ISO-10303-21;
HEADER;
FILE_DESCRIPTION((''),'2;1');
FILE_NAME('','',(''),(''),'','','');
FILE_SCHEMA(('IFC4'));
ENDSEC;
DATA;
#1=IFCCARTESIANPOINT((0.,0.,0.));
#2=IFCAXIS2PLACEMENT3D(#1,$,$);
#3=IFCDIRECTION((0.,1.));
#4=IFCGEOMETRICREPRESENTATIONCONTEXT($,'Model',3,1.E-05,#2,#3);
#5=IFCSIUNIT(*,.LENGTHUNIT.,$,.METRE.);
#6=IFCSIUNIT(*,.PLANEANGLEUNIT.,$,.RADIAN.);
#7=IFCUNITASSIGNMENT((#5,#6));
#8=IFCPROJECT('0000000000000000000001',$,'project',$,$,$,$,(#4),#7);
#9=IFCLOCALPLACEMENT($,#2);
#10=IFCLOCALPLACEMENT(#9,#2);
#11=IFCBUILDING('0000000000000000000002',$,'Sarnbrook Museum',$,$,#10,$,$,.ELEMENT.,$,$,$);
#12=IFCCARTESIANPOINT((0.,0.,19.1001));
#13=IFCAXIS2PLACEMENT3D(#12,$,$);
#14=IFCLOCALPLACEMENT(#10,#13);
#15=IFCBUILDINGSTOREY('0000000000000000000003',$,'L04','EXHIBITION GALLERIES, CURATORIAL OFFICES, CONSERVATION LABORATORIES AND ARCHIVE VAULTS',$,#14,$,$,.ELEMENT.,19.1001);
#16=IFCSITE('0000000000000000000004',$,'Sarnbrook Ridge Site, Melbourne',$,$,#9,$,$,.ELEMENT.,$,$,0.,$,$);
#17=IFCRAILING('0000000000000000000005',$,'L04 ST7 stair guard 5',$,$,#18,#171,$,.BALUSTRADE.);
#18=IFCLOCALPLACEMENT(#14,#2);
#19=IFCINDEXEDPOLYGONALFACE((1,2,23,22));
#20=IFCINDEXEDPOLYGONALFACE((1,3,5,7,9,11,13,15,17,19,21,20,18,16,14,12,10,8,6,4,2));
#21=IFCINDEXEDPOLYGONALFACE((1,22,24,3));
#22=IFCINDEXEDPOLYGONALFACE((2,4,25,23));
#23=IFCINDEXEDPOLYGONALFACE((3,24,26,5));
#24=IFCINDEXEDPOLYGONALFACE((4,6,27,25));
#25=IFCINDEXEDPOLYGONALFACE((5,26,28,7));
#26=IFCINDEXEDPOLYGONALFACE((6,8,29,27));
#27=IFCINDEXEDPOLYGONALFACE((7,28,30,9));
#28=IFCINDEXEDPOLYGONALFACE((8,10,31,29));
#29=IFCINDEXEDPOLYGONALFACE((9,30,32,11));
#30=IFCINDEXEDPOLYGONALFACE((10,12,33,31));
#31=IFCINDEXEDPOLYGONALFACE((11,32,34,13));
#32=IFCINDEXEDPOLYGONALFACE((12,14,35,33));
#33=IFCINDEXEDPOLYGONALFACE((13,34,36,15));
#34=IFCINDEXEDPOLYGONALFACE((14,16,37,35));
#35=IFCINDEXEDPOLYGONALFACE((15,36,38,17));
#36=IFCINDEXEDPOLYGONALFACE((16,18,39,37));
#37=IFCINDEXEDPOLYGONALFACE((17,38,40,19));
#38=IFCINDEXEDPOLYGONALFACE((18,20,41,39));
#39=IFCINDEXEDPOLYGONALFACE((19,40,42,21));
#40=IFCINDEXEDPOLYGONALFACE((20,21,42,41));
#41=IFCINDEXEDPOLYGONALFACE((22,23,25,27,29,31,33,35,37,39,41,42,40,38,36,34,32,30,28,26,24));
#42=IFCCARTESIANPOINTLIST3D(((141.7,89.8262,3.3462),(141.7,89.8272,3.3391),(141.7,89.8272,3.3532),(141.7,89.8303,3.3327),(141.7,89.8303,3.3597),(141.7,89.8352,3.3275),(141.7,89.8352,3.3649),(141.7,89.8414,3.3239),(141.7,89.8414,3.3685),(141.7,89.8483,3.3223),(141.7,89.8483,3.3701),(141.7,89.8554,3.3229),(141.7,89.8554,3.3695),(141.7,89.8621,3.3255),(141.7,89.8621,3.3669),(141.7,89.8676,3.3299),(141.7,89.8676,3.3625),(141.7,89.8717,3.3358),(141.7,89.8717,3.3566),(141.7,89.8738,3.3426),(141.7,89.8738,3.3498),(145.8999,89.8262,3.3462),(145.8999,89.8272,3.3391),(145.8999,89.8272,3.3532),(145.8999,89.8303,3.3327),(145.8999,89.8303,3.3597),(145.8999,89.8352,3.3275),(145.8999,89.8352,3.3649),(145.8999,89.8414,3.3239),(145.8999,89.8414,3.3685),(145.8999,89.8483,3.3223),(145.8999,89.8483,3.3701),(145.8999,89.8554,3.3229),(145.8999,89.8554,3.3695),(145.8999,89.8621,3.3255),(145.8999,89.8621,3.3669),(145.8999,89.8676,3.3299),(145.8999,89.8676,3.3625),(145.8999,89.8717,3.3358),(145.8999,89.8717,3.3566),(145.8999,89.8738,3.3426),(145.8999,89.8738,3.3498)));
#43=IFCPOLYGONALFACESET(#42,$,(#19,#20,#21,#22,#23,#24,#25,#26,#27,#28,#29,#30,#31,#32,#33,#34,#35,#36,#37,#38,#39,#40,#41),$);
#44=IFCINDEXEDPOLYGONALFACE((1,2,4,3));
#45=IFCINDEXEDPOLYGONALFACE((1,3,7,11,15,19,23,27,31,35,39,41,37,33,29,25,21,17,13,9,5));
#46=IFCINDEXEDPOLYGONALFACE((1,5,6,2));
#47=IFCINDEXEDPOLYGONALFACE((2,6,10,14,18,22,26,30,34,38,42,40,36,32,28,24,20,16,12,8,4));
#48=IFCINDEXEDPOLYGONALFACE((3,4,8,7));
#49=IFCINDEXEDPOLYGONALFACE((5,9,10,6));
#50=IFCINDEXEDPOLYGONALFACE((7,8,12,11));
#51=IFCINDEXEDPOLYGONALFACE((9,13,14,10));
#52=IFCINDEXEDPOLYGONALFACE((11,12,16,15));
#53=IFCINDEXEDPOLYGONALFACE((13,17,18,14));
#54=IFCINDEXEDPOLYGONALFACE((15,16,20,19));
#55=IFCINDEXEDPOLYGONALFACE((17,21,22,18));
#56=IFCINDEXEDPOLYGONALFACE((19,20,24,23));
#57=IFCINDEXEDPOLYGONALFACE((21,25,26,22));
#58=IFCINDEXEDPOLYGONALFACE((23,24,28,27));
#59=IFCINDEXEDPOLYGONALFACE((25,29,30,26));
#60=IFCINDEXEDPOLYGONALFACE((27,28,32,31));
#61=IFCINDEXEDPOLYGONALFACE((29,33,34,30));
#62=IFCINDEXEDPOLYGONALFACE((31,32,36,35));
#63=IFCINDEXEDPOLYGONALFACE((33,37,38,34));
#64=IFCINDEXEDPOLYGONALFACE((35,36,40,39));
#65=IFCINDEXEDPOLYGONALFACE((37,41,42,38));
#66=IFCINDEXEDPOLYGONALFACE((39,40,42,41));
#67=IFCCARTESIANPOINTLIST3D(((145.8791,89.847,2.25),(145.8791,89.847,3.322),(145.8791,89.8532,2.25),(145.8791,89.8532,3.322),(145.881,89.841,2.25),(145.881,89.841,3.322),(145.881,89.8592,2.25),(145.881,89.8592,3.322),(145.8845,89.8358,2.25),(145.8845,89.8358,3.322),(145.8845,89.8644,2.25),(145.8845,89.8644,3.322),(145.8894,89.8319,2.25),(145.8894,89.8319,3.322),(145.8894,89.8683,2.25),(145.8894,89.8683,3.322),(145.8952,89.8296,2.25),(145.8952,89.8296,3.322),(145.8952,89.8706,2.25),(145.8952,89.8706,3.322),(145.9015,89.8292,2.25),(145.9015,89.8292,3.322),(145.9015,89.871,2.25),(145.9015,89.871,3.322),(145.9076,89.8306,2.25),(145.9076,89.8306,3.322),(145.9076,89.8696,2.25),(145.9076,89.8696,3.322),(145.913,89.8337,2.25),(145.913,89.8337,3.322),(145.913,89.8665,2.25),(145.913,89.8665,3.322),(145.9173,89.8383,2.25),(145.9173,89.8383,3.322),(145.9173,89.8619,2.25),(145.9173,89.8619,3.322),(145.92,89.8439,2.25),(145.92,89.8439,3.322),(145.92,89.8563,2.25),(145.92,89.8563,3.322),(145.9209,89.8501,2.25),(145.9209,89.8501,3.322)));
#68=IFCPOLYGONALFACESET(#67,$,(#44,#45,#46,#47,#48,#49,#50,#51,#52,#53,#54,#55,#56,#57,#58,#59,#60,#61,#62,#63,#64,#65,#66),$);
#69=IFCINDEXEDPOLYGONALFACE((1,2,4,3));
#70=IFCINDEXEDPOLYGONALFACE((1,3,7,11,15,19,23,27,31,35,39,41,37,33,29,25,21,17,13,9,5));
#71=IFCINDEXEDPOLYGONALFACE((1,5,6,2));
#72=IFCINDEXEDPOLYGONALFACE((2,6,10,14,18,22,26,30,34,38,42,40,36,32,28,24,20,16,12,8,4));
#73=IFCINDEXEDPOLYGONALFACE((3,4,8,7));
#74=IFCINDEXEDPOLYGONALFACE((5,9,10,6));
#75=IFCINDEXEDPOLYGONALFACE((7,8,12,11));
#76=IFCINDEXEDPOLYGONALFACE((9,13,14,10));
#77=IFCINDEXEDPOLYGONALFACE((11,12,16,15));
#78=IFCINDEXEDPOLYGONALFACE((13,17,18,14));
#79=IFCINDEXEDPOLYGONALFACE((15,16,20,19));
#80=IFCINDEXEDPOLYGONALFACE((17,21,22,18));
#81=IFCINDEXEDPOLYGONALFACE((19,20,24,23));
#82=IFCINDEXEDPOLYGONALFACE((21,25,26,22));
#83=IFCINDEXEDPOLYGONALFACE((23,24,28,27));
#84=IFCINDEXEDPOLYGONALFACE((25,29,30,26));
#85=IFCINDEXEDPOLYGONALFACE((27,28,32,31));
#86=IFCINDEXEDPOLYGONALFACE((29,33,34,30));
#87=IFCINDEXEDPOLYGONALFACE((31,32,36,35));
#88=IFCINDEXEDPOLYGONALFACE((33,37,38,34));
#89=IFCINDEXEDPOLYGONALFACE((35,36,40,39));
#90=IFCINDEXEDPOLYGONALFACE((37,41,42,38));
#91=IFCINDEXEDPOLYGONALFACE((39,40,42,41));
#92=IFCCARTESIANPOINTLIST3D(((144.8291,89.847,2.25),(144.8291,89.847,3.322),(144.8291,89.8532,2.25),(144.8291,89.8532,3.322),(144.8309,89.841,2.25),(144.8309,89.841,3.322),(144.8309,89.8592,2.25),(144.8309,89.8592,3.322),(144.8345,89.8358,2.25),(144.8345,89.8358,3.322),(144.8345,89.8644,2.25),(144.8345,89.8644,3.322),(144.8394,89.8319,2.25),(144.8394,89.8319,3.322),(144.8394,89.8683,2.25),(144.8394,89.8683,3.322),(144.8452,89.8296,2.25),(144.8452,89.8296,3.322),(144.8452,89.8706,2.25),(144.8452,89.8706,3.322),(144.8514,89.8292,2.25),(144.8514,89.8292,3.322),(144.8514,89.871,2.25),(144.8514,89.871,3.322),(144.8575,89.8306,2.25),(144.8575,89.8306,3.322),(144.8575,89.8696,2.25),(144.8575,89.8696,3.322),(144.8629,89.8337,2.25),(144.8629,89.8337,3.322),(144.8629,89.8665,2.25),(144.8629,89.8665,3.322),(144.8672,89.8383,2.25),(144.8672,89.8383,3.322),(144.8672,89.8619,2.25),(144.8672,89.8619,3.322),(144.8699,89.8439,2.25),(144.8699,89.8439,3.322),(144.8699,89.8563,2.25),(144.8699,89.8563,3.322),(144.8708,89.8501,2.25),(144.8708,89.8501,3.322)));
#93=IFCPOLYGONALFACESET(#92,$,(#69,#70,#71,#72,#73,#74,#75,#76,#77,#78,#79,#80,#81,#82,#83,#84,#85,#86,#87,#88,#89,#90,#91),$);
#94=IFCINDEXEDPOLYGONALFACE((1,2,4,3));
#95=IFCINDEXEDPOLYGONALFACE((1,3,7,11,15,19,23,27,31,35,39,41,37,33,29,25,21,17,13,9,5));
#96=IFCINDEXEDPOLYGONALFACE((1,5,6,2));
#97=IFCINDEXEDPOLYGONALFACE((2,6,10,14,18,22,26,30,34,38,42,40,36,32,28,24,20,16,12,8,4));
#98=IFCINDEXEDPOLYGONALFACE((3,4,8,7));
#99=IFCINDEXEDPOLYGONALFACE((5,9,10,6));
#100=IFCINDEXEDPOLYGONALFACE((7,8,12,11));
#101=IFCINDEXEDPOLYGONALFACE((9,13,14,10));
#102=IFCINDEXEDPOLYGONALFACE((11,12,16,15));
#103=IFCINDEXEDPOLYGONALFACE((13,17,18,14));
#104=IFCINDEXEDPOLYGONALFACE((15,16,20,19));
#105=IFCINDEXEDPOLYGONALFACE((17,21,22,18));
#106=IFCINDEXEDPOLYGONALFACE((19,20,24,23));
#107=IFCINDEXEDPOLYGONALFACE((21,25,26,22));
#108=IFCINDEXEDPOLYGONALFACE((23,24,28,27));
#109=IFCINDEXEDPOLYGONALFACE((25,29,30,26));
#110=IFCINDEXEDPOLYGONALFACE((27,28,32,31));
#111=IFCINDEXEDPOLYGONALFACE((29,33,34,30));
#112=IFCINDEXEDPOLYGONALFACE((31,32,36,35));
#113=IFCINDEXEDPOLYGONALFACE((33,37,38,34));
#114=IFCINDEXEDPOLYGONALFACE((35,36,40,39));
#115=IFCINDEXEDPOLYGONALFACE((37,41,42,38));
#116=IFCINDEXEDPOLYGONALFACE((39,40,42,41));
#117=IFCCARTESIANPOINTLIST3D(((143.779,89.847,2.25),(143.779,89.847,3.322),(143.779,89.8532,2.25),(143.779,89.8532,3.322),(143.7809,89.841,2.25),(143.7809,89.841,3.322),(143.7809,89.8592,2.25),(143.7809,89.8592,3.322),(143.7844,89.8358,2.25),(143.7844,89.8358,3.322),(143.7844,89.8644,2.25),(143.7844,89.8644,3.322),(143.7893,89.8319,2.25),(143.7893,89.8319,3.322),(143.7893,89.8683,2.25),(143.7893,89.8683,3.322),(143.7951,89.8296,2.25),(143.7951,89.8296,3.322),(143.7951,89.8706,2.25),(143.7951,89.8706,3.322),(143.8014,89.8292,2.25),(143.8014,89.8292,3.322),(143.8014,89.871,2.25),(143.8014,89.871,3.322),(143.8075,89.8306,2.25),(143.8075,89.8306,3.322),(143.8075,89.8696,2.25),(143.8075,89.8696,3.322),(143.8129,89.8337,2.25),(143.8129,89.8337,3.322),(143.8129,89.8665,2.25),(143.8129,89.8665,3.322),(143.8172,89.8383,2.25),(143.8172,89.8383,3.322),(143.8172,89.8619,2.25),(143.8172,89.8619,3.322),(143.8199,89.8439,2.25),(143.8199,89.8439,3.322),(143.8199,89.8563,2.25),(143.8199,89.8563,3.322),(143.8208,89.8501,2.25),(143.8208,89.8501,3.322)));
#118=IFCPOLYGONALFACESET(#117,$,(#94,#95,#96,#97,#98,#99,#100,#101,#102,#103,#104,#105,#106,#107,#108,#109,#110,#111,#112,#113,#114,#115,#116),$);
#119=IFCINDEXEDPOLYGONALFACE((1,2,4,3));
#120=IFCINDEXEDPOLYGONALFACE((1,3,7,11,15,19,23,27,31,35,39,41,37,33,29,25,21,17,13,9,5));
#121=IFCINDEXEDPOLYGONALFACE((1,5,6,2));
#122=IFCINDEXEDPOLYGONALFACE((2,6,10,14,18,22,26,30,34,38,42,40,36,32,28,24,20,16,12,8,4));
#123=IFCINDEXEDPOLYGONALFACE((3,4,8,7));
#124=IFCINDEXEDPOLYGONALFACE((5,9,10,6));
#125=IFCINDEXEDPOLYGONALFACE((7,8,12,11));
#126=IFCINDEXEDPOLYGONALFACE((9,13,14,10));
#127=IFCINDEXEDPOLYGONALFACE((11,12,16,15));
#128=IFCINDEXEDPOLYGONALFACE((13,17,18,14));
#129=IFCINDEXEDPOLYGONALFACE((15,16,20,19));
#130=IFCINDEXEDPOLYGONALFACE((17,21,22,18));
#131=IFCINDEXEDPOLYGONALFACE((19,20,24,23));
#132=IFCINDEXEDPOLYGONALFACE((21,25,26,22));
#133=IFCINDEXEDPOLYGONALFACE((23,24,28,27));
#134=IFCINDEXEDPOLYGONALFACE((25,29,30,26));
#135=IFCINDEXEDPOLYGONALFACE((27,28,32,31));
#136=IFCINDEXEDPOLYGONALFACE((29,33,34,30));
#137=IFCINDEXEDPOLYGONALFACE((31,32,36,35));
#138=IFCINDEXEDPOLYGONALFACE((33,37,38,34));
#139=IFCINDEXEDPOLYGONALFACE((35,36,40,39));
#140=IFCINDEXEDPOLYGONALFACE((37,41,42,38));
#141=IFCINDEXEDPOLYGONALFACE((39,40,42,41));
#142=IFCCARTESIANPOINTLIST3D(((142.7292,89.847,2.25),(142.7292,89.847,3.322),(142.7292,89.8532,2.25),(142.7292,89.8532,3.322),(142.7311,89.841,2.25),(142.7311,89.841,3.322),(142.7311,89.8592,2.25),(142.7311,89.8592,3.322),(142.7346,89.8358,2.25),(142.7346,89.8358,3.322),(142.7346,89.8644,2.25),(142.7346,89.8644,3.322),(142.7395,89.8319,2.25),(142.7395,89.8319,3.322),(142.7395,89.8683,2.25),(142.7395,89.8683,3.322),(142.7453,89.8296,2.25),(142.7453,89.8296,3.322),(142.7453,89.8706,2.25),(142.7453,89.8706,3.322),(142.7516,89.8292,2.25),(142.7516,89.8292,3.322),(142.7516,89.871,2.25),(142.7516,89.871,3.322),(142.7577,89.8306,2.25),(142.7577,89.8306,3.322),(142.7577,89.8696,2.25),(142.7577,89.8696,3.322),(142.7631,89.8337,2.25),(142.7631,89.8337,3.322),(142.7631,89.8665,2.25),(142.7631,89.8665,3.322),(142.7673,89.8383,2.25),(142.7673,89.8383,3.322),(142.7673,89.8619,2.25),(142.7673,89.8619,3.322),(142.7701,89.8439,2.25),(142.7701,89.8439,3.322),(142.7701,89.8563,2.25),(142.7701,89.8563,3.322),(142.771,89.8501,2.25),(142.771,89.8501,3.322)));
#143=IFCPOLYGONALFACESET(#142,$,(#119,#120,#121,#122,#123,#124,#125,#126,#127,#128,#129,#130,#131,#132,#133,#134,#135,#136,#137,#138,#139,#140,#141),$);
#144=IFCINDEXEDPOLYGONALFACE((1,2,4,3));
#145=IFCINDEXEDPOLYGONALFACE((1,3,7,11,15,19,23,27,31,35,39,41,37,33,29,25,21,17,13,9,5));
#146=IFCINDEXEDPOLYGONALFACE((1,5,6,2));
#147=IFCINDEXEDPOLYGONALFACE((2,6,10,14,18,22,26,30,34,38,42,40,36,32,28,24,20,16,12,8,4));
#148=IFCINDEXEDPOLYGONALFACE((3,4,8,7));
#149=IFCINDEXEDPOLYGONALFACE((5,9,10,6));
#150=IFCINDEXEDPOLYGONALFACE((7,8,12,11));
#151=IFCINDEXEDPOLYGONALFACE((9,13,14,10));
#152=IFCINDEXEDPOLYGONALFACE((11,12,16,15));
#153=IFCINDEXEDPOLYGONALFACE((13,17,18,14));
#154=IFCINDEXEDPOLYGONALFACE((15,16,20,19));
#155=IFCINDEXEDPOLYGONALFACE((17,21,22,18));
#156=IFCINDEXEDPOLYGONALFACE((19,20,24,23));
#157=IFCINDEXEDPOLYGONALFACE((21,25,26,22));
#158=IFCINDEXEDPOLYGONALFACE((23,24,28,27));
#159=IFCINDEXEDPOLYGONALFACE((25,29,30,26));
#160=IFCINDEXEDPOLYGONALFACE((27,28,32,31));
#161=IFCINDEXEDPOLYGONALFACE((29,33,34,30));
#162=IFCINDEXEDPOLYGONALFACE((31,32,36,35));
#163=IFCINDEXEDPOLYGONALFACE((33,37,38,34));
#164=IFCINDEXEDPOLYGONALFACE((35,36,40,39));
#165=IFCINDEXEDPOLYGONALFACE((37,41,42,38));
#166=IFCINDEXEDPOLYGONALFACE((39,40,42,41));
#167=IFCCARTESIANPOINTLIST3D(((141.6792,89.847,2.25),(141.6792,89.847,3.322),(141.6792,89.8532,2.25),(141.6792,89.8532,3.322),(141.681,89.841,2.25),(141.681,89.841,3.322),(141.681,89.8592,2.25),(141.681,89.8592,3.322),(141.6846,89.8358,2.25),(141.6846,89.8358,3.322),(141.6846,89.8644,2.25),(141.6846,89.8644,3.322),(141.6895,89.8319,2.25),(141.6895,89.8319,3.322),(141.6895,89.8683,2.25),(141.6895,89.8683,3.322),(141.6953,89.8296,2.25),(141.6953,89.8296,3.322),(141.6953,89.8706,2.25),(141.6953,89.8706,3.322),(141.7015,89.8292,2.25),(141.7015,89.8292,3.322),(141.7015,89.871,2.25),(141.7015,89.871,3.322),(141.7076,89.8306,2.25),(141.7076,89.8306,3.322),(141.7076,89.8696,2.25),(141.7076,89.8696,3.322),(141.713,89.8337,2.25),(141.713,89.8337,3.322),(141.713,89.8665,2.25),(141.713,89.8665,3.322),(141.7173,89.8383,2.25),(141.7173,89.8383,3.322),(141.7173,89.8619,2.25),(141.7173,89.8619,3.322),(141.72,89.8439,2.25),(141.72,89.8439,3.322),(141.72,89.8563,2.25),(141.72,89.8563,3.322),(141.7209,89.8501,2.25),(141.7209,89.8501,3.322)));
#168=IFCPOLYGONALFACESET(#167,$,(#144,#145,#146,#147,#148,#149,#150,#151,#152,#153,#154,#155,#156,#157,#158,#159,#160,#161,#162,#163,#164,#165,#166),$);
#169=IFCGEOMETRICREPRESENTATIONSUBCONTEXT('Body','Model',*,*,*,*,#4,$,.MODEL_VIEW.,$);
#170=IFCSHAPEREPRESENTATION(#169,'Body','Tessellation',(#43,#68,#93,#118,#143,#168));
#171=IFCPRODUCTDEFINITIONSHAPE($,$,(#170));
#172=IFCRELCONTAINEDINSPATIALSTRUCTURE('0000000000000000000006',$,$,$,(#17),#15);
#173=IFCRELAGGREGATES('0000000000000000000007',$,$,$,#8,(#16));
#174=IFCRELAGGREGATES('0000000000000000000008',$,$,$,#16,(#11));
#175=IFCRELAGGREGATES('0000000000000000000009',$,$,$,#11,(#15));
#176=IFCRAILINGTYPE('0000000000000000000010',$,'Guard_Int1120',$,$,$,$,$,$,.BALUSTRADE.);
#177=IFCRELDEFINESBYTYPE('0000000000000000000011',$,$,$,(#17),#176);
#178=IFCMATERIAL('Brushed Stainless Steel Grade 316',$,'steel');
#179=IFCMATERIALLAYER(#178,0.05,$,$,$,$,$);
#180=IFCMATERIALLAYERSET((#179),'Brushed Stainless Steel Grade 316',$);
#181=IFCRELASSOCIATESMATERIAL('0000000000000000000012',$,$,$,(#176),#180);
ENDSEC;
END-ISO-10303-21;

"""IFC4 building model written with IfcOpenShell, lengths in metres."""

from ifc_helpers import new_model, si_unit, direction, frame, origin, origin_2d, place, context, subcontext, project, spatial, circle, extrude, material, layer, layer_set, type_object, element, save


model = new_model("IFC4")

# Units and contexts
model_context = context("Model", 3, precision=1e-05, world=origin(), true_north=direction((0.0, 1.0)))
body_context = subcontext(model_context, "Body", "Model", "MODEL_VIEW")
ifc_project = project(units=[si_unit("LENGTHUNIT", "METRE"), si_unit("PLANEANGLEUNIT", "RADIAN")], contexts=[model_context])

# Site, building, storey
site_placement = place(None, origin())
site = spatial("IfcSite", under=ifc_project, at=site_placement, Name="Sarnbrook Ridge Site, Melbourne", CompositionType="ELEMENT", RefElevation=0.0)
building_placement = place(site_placement, origin())
building = spatial("IfcBuilding", under=site, at=building_placement, Name="Sarnbrook Museum", CompositionType="ELEMENT")
storey_placement = place(building_placement, frame((0.0, 0.0, 19.1001)))
storey = spatial("IfcBuildingStorey", under=building, at=storey_placement, Name="L04", Description="EXHIBITION GALLERIES, CURATORIAL OFFICES, CONSERVATION LABORATORIES AND ARCHIVE VAULTS", CompositionType="ELEMENT", Elevation=19.1001)

# Railing
ifc_material_1 = material(Name="Brushed Stainless Steel Grade 316", Category="steel")
ifc_layer_1 = layer(ifc_material_1, 0.05)
ifc_layer_set_1 = layer_set([ifc_layer_1], Name="Brushed Stainless Steel Grade 316")
railing_type = type_object("IfcRailingType", Name="Guard_Int1120", PredefinedType="BALUSTRADE", material=ifc_layer_set_1)
railing_1_placement = place(storey_placement, frame((145.8999, 89.8501, 2.25)))
element("IfcRailing", 1, at=railing_1_placement, inside=storey, type_object=railing_type, Name="L04 ST7 stair guard 5", PredefinedType="BALUSTRADE", context=body_context, shape_type="SweptSolid", body=[
    extrude(circle(Radius=0.0239, at=origin_2d()), frame((0.0, 0.0, 1.0962), z_axis=(-1.0, 0.0, 0.0), x_axis=(0.0, -1.0, 0.0)), (0.0, 0.0, 1.0), 4.2),
    extrude(circle(Radius=0.021, at=origin_2d()), origin(), (0.0, 0.0, 1.0), 1.072),
    extrude(circle(Radius=0.021, at=origin_2d()), frame((-1.05, 0.0, 0.0)), (0.0, 0.0, 1.0), 1.072),
    extrude(circle(Radius=0.021, at=origin_2d()), frame((-2.1001, 0.0, 0.0)), (0.0, 0.0, 1.0), 1.072),
    extrude(circle(Radius=0.021, at=origin_2d()), frame((-3.1499, 0.0, 0.0)), (0.0, 0.0, 1.0), 1.072),
    extrude(circle(Radius=0.021, at=origin_2d()), frame((-4.2, 0.0, 0.0)), (0.0, 0.0, 1.0), 1.072),
])

save(model, "model.ifc")
